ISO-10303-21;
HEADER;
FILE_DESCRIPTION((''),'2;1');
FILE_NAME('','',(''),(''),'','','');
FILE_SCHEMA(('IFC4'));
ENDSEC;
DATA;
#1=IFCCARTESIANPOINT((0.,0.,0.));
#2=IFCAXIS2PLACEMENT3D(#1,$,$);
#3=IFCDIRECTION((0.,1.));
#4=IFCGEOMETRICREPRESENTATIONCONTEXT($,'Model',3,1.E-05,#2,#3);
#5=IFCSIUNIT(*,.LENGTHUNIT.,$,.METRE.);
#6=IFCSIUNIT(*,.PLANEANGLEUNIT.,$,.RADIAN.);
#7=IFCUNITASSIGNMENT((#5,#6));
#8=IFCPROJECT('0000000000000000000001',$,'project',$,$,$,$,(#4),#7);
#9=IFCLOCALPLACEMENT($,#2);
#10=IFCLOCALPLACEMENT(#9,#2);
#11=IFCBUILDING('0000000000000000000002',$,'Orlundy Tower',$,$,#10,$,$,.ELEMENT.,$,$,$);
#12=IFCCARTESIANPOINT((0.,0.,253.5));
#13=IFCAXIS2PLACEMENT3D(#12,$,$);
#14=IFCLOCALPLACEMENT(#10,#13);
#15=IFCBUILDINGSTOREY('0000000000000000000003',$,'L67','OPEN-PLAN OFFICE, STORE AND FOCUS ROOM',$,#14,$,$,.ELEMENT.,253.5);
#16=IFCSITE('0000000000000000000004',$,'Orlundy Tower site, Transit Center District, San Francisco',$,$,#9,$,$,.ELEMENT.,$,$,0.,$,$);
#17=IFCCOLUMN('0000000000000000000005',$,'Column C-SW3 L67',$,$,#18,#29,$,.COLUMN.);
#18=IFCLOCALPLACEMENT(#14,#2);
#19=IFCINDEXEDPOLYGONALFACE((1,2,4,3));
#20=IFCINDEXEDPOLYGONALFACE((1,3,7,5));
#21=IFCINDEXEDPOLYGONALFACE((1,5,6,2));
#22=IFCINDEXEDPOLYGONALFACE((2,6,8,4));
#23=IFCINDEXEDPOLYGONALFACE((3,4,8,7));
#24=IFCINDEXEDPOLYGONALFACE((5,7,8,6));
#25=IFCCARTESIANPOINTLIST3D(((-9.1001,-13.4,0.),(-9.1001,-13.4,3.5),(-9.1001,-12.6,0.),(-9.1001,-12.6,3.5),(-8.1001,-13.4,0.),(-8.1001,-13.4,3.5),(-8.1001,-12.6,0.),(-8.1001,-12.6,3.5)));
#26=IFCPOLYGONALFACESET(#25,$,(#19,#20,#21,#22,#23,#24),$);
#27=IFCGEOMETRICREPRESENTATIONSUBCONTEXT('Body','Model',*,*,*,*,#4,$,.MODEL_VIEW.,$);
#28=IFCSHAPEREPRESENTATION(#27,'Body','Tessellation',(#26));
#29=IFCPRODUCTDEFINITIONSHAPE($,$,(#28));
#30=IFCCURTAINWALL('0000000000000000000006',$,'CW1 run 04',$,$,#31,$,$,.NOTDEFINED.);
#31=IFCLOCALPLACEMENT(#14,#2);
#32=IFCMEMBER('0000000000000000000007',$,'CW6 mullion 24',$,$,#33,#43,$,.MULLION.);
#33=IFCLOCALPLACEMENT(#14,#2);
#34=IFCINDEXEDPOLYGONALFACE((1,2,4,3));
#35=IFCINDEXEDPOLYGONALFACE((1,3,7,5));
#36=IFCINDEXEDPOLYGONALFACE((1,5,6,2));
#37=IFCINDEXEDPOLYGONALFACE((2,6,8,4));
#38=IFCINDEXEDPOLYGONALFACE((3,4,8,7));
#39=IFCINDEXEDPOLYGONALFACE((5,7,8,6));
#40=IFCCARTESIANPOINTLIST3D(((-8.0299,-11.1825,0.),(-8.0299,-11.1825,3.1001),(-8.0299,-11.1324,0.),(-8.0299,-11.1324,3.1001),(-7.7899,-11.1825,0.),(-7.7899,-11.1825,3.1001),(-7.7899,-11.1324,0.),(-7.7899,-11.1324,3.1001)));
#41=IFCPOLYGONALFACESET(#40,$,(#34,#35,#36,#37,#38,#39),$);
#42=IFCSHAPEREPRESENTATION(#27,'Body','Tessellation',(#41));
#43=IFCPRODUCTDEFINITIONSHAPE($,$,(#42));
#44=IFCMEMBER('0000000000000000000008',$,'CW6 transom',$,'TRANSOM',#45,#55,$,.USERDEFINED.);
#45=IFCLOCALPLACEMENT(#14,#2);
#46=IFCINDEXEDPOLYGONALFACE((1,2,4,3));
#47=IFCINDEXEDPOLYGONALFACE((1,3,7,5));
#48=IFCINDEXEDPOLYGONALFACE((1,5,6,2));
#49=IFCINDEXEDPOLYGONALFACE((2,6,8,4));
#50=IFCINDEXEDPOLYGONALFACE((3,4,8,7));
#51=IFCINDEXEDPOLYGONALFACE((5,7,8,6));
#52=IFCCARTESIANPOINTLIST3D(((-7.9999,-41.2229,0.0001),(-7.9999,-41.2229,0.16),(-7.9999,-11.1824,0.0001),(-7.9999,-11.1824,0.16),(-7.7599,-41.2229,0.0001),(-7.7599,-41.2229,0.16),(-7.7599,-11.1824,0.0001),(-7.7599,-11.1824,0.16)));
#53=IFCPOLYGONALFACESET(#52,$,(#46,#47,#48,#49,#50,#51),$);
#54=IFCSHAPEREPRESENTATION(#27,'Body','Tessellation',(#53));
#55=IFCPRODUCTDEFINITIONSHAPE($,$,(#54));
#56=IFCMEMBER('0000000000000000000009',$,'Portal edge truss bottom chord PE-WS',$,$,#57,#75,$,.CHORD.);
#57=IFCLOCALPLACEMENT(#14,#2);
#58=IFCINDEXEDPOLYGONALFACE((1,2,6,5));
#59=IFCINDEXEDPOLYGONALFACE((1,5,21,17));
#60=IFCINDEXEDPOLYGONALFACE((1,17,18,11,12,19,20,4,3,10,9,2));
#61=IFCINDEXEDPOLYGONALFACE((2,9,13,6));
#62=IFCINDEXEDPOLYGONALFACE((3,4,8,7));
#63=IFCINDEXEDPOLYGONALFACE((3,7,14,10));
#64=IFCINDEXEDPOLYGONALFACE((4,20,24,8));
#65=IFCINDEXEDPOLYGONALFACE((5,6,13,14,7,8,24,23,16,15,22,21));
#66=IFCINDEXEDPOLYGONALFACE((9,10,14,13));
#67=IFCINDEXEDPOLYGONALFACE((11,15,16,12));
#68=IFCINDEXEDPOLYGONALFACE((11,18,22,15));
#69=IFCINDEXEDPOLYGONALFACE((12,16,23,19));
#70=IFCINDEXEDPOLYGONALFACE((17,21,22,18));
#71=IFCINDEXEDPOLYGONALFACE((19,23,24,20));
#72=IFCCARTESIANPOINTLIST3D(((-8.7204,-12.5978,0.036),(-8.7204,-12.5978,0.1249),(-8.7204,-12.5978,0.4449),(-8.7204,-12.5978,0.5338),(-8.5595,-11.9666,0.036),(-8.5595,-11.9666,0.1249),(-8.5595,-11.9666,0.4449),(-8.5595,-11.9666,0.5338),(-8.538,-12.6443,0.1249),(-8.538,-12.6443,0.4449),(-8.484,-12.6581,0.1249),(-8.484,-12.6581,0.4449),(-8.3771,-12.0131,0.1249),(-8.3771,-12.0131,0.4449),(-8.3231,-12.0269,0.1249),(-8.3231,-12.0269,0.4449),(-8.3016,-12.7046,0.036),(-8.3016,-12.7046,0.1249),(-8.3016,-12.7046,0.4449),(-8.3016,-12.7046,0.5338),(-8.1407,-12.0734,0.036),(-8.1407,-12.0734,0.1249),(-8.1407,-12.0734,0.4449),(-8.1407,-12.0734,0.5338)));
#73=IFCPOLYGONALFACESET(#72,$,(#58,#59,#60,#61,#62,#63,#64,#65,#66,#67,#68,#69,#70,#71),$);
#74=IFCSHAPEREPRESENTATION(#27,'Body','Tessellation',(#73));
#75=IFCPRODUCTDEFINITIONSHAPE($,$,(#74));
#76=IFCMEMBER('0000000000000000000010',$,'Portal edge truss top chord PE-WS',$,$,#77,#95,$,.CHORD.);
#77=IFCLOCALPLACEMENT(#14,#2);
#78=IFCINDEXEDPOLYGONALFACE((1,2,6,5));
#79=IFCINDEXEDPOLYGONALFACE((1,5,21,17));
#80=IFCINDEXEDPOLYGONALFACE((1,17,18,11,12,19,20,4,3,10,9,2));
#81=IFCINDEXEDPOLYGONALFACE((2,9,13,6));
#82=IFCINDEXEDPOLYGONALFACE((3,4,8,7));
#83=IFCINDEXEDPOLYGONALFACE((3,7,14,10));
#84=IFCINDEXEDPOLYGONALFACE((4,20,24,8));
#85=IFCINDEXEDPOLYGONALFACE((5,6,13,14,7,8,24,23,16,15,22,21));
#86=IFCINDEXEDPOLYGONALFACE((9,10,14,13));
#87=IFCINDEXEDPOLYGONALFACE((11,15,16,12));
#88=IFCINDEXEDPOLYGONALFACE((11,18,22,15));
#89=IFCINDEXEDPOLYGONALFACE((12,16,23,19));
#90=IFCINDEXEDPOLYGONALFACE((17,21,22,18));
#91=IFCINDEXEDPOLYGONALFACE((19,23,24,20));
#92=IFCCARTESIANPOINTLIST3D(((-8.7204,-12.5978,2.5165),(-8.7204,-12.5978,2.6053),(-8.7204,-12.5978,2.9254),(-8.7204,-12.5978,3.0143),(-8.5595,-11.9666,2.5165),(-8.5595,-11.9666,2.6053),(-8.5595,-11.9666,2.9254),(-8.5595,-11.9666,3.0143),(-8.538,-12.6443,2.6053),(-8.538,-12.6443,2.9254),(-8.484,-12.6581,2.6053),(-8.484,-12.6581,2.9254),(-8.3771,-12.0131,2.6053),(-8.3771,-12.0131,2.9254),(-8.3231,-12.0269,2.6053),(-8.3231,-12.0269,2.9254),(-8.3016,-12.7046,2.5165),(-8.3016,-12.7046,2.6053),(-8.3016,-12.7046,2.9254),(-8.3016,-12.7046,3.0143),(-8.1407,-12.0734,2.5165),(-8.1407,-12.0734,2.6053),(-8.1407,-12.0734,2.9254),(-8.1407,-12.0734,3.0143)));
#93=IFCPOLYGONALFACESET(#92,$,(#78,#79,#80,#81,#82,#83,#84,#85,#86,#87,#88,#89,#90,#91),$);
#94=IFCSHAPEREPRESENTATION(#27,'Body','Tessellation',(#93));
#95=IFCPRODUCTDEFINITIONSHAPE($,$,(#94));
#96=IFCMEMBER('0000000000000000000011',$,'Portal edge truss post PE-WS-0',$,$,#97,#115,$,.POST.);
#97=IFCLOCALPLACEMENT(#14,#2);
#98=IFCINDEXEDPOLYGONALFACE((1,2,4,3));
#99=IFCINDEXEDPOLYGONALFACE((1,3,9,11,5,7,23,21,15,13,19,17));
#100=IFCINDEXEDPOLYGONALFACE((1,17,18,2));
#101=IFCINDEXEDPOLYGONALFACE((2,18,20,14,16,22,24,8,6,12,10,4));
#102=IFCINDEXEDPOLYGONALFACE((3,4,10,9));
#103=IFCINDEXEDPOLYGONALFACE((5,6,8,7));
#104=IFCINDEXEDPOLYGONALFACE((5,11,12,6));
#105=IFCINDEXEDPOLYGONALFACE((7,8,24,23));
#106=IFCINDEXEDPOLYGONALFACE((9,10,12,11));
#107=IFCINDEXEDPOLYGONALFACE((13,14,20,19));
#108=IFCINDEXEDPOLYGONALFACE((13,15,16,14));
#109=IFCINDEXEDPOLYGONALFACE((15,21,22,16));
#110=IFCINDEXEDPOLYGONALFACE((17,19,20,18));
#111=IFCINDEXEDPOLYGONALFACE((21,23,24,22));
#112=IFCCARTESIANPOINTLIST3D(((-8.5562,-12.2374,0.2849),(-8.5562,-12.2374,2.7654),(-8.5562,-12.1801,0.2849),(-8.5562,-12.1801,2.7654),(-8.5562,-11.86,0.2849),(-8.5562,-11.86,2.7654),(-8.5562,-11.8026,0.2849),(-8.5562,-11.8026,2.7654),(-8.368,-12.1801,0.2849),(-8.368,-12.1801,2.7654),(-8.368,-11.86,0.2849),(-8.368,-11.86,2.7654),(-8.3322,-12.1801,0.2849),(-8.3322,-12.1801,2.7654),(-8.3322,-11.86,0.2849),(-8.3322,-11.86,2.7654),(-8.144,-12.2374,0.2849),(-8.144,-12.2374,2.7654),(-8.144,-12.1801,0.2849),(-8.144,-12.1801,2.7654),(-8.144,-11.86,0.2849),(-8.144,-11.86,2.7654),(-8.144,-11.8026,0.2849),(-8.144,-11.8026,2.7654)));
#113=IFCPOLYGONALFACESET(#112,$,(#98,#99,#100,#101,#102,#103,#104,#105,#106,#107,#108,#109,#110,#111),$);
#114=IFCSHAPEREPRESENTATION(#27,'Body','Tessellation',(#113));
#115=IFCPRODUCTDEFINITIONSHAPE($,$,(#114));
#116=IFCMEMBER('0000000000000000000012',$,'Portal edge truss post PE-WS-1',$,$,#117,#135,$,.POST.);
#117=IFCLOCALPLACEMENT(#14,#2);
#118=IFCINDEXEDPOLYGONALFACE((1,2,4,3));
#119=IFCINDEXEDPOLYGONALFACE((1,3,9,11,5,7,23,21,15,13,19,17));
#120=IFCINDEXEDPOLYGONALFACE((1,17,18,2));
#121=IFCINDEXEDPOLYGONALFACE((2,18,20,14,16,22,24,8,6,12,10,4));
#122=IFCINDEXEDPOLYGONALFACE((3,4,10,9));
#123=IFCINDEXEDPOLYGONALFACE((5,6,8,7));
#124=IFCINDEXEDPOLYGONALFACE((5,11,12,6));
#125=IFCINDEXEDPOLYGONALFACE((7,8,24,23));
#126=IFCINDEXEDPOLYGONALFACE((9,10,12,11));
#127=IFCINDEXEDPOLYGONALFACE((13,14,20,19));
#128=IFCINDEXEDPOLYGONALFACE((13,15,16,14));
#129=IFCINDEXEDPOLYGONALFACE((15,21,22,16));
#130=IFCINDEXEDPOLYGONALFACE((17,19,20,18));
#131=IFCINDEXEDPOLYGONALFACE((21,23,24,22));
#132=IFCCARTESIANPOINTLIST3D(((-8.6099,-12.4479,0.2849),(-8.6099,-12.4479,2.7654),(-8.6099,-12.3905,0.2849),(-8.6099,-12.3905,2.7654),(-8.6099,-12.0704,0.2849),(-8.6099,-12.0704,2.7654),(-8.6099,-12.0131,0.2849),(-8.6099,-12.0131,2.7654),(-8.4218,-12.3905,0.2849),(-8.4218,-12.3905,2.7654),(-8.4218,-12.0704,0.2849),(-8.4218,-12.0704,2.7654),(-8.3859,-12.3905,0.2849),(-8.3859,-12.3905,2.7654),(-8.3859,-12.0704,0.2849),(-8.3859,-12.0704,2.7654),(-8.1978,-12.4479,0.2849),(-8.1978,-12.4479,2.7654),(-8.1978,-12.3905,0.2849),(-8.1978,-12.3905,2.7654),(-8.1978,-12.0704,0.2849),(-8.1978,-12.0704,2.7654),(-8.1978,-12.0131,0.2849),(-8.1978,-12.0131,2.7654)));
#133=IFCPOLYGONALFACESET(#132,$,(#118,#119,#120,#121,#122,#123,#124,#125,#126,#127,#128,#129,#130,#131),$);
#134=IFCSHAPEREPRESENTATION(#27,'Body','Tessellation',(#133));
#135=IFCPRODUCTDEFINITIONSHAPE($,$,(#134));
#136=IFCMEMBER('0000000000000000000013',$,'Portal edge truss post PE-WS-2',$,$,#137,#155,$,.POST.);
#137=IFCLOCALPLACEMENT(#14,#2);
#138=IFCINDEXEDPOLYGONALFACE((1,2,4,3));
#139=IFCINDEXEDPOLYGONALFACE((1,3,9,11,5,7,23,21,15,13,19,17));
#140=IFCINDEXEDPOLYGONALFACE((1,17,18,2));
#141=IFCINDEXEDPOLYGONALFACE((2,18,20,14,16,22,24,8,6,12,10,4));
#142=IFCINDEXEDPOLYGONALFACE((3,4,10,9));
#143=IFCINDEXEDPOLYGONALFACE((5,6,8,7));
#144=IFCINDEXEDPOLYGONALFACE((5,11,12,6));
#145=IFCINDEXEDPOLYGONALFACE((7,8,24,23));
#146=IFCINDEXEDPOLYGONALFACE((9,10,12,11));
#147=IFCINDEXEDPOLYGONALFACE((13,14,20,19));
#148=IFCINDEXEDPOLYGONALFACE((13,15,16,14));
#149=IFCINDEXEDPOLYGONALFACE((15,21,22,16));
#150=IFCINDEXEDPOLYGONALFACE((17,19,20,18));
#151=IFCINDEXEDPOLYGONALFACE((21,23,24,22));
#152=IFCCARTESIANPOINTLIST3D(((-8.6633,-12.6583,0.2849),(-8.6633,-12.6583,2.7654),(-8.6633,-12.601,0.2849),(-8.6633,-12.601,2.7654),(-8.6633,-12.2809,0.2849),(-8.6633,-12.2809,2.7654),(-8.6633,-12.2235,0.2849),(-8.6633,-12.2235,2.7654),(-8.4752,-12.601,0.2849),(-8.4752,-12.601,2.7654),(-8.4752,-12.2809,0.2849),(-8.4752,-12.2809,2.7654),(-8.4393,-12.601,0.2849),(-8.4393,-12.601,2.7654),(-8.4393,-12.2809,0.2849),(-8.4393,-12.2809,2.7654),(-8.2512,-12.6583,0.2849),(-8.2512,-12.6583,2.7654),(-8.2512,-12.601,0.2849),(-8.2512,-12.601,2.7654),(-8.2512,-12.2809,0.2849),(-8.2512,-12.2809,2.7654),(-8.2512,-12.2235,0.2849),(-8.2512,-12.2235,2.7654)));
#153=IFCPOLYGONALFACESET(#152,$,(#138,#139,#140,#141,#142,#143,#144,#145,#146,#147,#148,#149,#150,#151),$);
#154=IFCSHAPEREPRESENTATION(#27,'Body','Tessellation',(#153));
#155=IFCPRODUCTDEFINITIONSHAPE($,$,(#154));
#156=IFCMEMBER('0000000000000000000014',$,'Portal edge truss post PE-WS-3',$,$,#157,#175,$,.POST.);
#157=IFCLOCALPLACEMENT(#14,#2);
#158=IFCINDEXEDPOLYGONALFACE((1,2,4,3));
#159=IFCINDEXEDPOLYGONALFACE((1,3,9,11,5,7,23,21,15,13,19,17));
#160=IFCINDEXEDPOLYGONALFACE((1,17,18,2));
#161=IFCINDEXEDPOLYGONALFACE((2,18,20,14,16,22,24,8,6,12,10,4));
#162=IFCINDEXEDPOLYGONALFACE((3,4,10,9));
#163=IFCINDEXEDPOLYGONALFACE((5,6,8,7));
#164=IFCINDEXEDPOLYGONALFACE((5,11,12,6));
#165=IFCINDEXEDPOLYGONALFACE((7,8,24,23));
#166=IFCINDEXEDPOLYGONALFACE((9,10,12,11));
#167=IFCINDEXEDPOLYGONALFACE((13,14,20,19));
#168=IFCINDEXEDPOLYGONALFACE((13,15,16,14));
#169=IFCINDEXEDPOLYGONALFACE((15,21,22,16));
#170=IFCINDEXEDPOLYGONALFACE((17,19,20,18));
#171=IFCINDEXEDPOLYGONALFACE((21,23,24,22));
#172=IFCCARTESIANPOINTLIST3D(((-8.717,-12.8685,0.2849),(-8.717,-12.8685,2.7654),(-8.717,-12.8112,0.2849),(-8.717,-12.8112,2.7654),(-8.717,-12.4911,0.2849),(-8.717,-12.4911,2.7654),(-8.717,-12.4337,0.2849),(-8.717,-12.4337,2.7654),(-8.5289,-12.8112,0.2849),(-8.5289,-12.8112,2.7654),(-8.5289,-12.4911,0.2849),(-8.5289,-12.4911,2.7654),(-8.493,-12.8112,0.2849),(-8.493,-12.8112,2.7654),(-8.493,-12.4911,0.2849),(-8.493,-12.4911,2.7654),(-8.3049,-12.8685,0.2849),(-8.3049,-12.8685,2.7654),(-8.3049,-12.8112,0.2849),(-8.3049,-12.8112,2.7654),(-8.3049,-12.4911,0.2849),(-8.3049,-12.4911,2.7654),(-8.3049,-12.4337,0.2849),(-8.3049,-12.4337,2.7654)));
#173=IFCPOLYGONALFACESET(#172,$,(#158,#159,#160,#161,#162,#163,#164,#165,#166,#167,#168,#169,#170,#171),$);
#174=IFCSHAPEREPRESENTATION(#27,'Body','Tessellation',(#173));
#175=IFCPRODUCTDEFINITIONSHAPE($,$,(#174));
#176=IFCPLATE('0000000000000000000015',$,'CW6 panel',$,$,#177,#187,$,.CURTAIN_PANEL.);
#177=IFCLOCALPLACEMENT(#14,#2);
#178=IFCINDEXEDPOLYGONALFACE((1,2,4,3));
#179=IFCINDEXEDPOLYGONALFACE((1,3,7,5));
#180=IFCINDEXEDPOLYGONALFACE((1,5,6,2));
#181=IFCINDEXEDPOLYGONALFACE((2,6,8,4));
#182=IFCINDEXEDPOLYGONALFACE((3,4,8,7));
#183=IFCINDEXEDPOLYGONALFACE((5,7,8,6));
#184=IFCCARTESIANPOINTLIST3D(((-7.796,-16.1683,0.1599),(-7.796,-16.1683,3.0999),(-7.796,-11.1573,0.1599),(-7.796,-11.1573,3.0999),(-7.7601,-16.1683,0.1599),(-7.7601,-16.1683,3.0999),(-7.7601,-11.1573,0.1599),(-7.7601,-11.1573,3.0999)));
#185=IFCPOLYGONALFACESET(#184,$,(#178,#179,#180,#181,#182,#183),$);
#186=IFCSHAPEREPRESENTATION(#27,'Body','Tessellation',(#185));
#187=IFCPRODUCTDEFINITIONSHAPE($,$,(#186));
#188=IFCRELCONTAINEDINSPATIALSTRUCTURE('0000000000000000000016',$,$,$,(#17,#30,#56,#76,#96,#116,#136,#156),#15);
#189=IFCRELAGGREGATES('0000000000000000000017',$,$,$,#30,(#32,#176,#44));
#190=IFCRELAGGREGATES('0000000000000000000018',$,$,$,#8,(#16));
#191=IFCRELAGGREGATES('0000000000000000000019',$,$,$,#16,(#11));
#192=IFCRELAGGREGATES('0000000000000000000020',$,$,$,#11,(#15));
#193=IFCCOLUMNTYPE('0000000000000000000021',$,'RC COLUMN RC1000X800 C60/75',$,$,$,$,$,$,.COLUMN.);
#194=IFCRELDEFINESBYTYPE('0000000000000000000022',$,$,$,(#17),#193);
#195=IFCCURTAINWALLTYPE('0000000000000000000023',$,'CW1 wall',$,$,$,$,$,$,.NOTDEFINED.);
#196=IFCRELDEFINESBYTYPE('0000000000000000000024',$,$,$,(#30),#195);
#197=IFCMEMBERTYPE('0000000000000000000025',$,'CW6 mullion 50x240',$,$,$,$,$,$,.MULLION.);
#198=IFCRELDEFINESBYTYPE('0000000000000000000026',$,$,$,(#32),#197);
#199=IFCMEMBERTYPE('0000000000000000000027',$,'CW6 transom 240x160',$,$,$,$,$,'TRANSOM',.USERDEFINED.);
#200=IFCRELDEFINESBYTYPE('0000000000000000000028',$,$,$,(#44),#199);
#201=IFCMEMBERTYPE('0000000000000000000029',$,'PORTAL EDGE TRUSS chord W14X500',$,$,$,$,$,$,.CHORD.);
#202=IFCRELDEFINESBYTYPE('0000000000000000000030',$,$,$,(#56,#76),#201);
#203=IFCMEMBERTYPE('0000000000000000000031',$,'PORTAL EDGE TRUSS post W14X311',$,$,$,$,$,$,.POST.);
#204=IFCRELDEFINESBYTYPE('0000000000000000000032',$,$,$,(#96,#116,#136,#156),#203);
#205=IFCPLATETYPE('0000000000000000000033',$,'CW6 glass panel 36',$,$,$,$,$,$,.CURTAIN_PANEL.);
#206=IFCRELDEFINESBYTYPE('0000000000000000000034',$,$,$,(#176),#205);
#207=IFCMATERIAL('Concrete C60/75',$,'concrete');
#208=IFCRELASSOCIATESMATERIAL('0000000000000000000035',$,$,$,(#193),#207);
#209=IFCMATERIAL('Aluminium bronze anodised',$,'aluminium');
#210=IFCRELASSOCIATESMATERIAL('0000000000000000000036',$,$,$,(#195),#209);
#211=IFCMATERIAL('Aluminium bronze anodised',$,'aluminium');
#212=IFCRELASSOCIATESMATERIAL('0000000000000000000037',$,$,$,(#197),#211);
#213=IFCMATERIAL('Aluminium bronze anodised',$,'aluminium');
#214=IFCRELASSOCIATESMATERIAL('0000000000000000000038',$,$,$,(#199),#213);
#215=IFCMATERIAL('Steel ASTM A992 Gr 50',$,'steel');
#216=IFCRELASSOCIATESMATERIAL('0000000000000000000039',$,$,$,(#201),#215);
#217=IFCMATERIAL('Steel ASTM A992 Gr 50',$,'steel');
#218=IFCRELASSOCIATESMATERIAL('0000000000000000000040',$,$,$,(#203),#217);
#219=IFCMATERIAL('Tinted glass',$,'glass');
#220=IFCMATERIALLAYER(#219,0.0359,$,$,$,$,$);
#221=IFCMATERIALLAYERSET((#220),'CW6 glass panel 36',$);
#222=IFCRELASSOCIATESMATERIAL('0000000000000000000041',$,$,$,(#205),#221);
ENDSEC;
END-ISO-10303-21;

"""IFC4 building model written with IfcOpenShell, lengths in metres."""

from ifc_helpers import new_model, si_unit, direction, frame, origin, origin_2d, place, context, subcontext, project, spatial, rectangle, i_section, extrude, material, layer, layer_set, material_profile, profile_set, type_object, element, aggregate, save


model = new_model("IFC4")

# Units and contexts
model_context = context("Model", 3, precision=1e-05, world=origin(), true_north=direction((0.0, 1.0)))
body_context = subcontext(model_context, "Body", "Model", "MODEL_VIEW")
ifc_project = project(units=[si_unit("LENGTHUNIT", "METRE"), si_unit("PLANEANGLEUNIT", "RADIAN")], contexts=[model_context])

# Site, building, storey
site_placement = place(None, origin())
site = spatial("IfcSite", under=ifc_project, at=site_placement, Name="Orlundy Tower site, Transit Center District, San Francisco", CompositionType="ELEMENT", RefElevation=0.0)
building_placement = place(site_placement, origin())
building = spatial("IfcBuilding", under=site, at=building_placement, Name="Orlundy Tower", CompositionType="ELEMENT")
storey_placement = place(building_placement, frame((0.0, 0.0, 253.5)))
storey = spatial("IfcBuildingStorey", under=building, at=storey_placement, Name="L67", Description="OPEN-PLAN OFFICE, STORE AND FOCUS ROOM", CompositionType="ELEMENT", Elevation=253.5)

# Column
ifc_material_1 = material(Name="Concrete C60/75", Category="concrete")
ifc_material_profile_1 = material_profile(ifc_material_1, rectangle(XDim=1.0, YDim=0.8, at=origin_2d()), Name="RC1000X800")
ifc_profile_set_1 = profile_set([ifc_material_profile_1], Name="Concrete C60/75")
column_type = type_object("IfcColumnType", Name="RC COLUMN RC1000X800 C60/75", PredefinedType="COLUMN", material=ifc_profile_set_1)
column_placement = place(storey_placement, frame((-8.6001, -13.0, 0.0), z_axis=(0.0, 0.0, 1.0), x_axis=(1.0, 0.0, 0.0)))
element("IfcColumn", 1, at=column_placement, inside=storey, type_object=column_type, Name="Column C-SW3 L67", PredefinedType="COLUMN", context=body_context, shape_type="SweptSolid", body=[
    extrude(rectangle(XDim=1.0, YDim=0.8, at=origin_2d()), origin(), (0.0, 0.0, 1.0), 3.5),
])

# Curtain wall, members
ifc_material_2 = material(Name="Aluminium bronze anodised", Category="aluminium")
curtain_wall_type = type_object("IfcCurtainWallType", Name="CW1 wall", PredefinedType="NOTDEFINED", material=ifc_material_2)
curtain_wall_placement = place(storey_placement, origin())
curtain_wall = element("IfcCurtainWall", 2, at=curtain_wall_placement, inside=storey, type_object=curtain_wall_type, Name="CW1 run 04", PredefinedType="NOTDEFINED")
ifc_material_3 = material(Name="Aluminium bronze anodised", Category="aluminium")
ifc_material_profile_2 = material_profile(ifc_material_3, rectangle(XDim=0.24, YDim=0.05, at=origin_2d()), Name="CW6 mullion 50x240")
ifc_profile_set_2 = profile_set([ifc_material_profile_2], Name="Aluminium bronze anodised")
member_type_1 = type_object("IfcMemberType", Name="CW6 mullion 50x240", PredefinedType="MULLION", material=ifc_profile_set_2)
member_1_placement = place(storey_placement, frame((-7.9099, -11.1575, 0.0), z_axis=(0.0, 0.0, 1.0), x_axis=(1.0, 0.0, 0.0)))
member_1 = element("IfcMember", 3, at=member_1_placement, type_object=member_type_1, Name="CW6 mullion 24", PredefinedType="MULLION", context=body_context, shape_type="SweptSolid", body=[
    extrude(rectangle(XDim=0.24, YDim=0.05, at=origin_2d()), origin(), (0.0, 0.0, 1.0), 3.1001),
])
ifc_material_4 = material(Name="Aluminium bronze anodised", Category="aluminium")
ifc_material_profile_3 = material_profile(ifc_material_4, rectangle(XDim=0.24, YDim=0.1599, at=origin_2d()), Name="CW6 transom 240x160")
ifc_profile_set_3 = profile_set([ifc_material_profile_3], Name="Aluminium bronze anodised")
member_type_2 = type_object("IfcMemberType", Name="CW6 transom 240x160", ElementType="TRANSOM", PredefinedType="USERDEFINED", material=ifc_profile_set_3)
member_2_placement = place(storey_placement, frame((-7.8799, -11.1824, 0.0801), z_axis=(0.0, -1.0, 0.0), x_axis=(1.0, 0.0, 0.0)))
member_2 = element("IfcMember", 4, at=member_2_placement, type_object=member_type_2, Name="CW6 transom", ObjectType="TRANSOM", PredefinedType="USERDEFINED", context=body_context, shape_type="SweptSolid", body=[
    extrude(rectangle(XDim=0.24, YDim=0.1599, at=origin_2d()), origin(), (0.0, 0.0, 1.0), 30.0405),
])

# Members
ifc_material_5 = material(Name="Steel ASTM A992 Gr 50", Category="steel")
ifc_material_profile_4 = material_profile(ifc_material_5, i_section(OverallWidth=0.4321, OverallDepth=0.4978, WebThickness=0.0557, FlangeThickness=0.0889, at=origin_2d()), Name="W14X500")
ifc_profile_set_4 = profile_set([ifc_material_profile_4], Name="Steel ASTM A992 Gr 50")
member_type_3 = type_object("IfcMemberType", Name="PORTAL EDGE TRUSS chord W14X500", PredefinedType="CHORD", material=ifc_profile_set_4)
for number, where, z_axis, x_axis, name in (
    (5, (-8.3501, -12.02, 0.2849), (-0.247031, -0.969007, 0.0), (0.969007, -0.247031, 0.0), "Portal edge truss bottom chord PE-WS"),
    (6, (-8.3501, -12.02, 2.7654), (-0.247031, -0.969007, 0.0), (0.969007, -0.247031, 0.0), "Portal edge truss top chord PE-WS"),
):
    element("IfcMember", number, at=place(storey_placement, frame(where, z_axis=z_axis, x_axis=x_axis)), inside=storey, type_object=member_type_3, Name=name, PredefinedType="CHORD", context=body_context, shape_type="SweptSolid", body=[
        extrude(i_section(OverallWidth=0.4321, OverallDepth=0.4978, WebThickness=0.0557, FlangeThickness=0.0889, at=origin_2d()), origin(), (0.0, 0.0, 1.0), 0.6514),
    ])
ifc_material_6 = material(Name="Steel ASTM A992 Gr 50", Category="steel")
ifc_material_profile_5 = material_profile(ifc_material_6, i_section(OverallWidth=0.4121, OverallDepth=0.4348, WebThickness=0.0359, FlangeThickness=0.0574, at=origin_2d()), Name="W14X311")
ifc_profile_set_5 = profile_set([ifc_material_profile_5], Name="Steel ASTM A992 Gr 50")
member_type_4 = type_object("IfcMemberType", Name="PORTAL EDGE TRUSS post W14X311", PredefinedType="POST", material=ifc_profile_set_5)
for number, where, z_axis, x_axis, name in (
    (7, (-8.3501, -12.02, 0.2849), (0.0, 0.0, 1.0), (1.0, 0.0, 0.0), "Portal edge truss post PE-WS-0"),
    (8, (-8.4038, -12.2305, 0.2849), (0.0, 0.0, 1.0), (1.0, 0.0, 0.0), "Portal edge truss post PE-WS-1"),
    (9, (-8.4573, -12.4409, 0.2849), (0.0, 0.0, 1.0), (1.0, 0.0, 0.0), "Portal edge truss post PE-WS-2"),
    (10, (-8.511, -12.6511, 0.2849), (0.0, 0.0, 1.0), (1.0, 0.0, 0.0), "Portal edge truss post PE-WS-3"),
):
    element("IfcMember", number, at=place(storey_placement, frame(where, z_axis=z_axis, x_axis=x_axis)), inside=storey, type_object=member_type_4, Name=name, PredefinedType="POST", context=body_context, shape_type="SweptSolid", body=[
        extrude(i_section(OverallWidth=0.4121, OverallDepth=0.4348, WebThickness=0.0359, FlangeThickness=0.0574, at=origin_2d()), origin(), (0.0, 0.0, 1.0), 2.4805),
    ])

# Plate
ifc_material_7 = material(Name="Tinted glass", Category="glass")
ifc_layer_1 = layer(ifc_material_7, 0.0359)
ifc_layer_set_1 = layer_set([ifc_layer_1], Name="CW6 glass panel 36")
plate_type = type_object("IfcPlateType", Name="CW6 glass panel 36", PredefinedType="CURTAIN_PANEL", material=ifc_layer_set_1)
plate_placement = place(storey_placement, frame((-7.7781, -13.6628, 0.1599), z_axis=(0.0, 0.0, 1.0), x_axis=(0.0, -1.0, 0.0)))
plate = element("IfcPlate", 11, at=plate_placement, type_object=plate_type, Name="CW6 panel", PredefinedType="CURTAIN_PANEL", context=body_context, shape_type="SweptSolid", body=[
    extrude(rectangle(XDim=5.011, YDim=0.0359, at=origin_2d()), origin(), (0.0, 0.0, 1.0), 2.9399),
])
aggregate(curtain_wall, [member_1, plate, member_2])

save(model, "model.ifc")
